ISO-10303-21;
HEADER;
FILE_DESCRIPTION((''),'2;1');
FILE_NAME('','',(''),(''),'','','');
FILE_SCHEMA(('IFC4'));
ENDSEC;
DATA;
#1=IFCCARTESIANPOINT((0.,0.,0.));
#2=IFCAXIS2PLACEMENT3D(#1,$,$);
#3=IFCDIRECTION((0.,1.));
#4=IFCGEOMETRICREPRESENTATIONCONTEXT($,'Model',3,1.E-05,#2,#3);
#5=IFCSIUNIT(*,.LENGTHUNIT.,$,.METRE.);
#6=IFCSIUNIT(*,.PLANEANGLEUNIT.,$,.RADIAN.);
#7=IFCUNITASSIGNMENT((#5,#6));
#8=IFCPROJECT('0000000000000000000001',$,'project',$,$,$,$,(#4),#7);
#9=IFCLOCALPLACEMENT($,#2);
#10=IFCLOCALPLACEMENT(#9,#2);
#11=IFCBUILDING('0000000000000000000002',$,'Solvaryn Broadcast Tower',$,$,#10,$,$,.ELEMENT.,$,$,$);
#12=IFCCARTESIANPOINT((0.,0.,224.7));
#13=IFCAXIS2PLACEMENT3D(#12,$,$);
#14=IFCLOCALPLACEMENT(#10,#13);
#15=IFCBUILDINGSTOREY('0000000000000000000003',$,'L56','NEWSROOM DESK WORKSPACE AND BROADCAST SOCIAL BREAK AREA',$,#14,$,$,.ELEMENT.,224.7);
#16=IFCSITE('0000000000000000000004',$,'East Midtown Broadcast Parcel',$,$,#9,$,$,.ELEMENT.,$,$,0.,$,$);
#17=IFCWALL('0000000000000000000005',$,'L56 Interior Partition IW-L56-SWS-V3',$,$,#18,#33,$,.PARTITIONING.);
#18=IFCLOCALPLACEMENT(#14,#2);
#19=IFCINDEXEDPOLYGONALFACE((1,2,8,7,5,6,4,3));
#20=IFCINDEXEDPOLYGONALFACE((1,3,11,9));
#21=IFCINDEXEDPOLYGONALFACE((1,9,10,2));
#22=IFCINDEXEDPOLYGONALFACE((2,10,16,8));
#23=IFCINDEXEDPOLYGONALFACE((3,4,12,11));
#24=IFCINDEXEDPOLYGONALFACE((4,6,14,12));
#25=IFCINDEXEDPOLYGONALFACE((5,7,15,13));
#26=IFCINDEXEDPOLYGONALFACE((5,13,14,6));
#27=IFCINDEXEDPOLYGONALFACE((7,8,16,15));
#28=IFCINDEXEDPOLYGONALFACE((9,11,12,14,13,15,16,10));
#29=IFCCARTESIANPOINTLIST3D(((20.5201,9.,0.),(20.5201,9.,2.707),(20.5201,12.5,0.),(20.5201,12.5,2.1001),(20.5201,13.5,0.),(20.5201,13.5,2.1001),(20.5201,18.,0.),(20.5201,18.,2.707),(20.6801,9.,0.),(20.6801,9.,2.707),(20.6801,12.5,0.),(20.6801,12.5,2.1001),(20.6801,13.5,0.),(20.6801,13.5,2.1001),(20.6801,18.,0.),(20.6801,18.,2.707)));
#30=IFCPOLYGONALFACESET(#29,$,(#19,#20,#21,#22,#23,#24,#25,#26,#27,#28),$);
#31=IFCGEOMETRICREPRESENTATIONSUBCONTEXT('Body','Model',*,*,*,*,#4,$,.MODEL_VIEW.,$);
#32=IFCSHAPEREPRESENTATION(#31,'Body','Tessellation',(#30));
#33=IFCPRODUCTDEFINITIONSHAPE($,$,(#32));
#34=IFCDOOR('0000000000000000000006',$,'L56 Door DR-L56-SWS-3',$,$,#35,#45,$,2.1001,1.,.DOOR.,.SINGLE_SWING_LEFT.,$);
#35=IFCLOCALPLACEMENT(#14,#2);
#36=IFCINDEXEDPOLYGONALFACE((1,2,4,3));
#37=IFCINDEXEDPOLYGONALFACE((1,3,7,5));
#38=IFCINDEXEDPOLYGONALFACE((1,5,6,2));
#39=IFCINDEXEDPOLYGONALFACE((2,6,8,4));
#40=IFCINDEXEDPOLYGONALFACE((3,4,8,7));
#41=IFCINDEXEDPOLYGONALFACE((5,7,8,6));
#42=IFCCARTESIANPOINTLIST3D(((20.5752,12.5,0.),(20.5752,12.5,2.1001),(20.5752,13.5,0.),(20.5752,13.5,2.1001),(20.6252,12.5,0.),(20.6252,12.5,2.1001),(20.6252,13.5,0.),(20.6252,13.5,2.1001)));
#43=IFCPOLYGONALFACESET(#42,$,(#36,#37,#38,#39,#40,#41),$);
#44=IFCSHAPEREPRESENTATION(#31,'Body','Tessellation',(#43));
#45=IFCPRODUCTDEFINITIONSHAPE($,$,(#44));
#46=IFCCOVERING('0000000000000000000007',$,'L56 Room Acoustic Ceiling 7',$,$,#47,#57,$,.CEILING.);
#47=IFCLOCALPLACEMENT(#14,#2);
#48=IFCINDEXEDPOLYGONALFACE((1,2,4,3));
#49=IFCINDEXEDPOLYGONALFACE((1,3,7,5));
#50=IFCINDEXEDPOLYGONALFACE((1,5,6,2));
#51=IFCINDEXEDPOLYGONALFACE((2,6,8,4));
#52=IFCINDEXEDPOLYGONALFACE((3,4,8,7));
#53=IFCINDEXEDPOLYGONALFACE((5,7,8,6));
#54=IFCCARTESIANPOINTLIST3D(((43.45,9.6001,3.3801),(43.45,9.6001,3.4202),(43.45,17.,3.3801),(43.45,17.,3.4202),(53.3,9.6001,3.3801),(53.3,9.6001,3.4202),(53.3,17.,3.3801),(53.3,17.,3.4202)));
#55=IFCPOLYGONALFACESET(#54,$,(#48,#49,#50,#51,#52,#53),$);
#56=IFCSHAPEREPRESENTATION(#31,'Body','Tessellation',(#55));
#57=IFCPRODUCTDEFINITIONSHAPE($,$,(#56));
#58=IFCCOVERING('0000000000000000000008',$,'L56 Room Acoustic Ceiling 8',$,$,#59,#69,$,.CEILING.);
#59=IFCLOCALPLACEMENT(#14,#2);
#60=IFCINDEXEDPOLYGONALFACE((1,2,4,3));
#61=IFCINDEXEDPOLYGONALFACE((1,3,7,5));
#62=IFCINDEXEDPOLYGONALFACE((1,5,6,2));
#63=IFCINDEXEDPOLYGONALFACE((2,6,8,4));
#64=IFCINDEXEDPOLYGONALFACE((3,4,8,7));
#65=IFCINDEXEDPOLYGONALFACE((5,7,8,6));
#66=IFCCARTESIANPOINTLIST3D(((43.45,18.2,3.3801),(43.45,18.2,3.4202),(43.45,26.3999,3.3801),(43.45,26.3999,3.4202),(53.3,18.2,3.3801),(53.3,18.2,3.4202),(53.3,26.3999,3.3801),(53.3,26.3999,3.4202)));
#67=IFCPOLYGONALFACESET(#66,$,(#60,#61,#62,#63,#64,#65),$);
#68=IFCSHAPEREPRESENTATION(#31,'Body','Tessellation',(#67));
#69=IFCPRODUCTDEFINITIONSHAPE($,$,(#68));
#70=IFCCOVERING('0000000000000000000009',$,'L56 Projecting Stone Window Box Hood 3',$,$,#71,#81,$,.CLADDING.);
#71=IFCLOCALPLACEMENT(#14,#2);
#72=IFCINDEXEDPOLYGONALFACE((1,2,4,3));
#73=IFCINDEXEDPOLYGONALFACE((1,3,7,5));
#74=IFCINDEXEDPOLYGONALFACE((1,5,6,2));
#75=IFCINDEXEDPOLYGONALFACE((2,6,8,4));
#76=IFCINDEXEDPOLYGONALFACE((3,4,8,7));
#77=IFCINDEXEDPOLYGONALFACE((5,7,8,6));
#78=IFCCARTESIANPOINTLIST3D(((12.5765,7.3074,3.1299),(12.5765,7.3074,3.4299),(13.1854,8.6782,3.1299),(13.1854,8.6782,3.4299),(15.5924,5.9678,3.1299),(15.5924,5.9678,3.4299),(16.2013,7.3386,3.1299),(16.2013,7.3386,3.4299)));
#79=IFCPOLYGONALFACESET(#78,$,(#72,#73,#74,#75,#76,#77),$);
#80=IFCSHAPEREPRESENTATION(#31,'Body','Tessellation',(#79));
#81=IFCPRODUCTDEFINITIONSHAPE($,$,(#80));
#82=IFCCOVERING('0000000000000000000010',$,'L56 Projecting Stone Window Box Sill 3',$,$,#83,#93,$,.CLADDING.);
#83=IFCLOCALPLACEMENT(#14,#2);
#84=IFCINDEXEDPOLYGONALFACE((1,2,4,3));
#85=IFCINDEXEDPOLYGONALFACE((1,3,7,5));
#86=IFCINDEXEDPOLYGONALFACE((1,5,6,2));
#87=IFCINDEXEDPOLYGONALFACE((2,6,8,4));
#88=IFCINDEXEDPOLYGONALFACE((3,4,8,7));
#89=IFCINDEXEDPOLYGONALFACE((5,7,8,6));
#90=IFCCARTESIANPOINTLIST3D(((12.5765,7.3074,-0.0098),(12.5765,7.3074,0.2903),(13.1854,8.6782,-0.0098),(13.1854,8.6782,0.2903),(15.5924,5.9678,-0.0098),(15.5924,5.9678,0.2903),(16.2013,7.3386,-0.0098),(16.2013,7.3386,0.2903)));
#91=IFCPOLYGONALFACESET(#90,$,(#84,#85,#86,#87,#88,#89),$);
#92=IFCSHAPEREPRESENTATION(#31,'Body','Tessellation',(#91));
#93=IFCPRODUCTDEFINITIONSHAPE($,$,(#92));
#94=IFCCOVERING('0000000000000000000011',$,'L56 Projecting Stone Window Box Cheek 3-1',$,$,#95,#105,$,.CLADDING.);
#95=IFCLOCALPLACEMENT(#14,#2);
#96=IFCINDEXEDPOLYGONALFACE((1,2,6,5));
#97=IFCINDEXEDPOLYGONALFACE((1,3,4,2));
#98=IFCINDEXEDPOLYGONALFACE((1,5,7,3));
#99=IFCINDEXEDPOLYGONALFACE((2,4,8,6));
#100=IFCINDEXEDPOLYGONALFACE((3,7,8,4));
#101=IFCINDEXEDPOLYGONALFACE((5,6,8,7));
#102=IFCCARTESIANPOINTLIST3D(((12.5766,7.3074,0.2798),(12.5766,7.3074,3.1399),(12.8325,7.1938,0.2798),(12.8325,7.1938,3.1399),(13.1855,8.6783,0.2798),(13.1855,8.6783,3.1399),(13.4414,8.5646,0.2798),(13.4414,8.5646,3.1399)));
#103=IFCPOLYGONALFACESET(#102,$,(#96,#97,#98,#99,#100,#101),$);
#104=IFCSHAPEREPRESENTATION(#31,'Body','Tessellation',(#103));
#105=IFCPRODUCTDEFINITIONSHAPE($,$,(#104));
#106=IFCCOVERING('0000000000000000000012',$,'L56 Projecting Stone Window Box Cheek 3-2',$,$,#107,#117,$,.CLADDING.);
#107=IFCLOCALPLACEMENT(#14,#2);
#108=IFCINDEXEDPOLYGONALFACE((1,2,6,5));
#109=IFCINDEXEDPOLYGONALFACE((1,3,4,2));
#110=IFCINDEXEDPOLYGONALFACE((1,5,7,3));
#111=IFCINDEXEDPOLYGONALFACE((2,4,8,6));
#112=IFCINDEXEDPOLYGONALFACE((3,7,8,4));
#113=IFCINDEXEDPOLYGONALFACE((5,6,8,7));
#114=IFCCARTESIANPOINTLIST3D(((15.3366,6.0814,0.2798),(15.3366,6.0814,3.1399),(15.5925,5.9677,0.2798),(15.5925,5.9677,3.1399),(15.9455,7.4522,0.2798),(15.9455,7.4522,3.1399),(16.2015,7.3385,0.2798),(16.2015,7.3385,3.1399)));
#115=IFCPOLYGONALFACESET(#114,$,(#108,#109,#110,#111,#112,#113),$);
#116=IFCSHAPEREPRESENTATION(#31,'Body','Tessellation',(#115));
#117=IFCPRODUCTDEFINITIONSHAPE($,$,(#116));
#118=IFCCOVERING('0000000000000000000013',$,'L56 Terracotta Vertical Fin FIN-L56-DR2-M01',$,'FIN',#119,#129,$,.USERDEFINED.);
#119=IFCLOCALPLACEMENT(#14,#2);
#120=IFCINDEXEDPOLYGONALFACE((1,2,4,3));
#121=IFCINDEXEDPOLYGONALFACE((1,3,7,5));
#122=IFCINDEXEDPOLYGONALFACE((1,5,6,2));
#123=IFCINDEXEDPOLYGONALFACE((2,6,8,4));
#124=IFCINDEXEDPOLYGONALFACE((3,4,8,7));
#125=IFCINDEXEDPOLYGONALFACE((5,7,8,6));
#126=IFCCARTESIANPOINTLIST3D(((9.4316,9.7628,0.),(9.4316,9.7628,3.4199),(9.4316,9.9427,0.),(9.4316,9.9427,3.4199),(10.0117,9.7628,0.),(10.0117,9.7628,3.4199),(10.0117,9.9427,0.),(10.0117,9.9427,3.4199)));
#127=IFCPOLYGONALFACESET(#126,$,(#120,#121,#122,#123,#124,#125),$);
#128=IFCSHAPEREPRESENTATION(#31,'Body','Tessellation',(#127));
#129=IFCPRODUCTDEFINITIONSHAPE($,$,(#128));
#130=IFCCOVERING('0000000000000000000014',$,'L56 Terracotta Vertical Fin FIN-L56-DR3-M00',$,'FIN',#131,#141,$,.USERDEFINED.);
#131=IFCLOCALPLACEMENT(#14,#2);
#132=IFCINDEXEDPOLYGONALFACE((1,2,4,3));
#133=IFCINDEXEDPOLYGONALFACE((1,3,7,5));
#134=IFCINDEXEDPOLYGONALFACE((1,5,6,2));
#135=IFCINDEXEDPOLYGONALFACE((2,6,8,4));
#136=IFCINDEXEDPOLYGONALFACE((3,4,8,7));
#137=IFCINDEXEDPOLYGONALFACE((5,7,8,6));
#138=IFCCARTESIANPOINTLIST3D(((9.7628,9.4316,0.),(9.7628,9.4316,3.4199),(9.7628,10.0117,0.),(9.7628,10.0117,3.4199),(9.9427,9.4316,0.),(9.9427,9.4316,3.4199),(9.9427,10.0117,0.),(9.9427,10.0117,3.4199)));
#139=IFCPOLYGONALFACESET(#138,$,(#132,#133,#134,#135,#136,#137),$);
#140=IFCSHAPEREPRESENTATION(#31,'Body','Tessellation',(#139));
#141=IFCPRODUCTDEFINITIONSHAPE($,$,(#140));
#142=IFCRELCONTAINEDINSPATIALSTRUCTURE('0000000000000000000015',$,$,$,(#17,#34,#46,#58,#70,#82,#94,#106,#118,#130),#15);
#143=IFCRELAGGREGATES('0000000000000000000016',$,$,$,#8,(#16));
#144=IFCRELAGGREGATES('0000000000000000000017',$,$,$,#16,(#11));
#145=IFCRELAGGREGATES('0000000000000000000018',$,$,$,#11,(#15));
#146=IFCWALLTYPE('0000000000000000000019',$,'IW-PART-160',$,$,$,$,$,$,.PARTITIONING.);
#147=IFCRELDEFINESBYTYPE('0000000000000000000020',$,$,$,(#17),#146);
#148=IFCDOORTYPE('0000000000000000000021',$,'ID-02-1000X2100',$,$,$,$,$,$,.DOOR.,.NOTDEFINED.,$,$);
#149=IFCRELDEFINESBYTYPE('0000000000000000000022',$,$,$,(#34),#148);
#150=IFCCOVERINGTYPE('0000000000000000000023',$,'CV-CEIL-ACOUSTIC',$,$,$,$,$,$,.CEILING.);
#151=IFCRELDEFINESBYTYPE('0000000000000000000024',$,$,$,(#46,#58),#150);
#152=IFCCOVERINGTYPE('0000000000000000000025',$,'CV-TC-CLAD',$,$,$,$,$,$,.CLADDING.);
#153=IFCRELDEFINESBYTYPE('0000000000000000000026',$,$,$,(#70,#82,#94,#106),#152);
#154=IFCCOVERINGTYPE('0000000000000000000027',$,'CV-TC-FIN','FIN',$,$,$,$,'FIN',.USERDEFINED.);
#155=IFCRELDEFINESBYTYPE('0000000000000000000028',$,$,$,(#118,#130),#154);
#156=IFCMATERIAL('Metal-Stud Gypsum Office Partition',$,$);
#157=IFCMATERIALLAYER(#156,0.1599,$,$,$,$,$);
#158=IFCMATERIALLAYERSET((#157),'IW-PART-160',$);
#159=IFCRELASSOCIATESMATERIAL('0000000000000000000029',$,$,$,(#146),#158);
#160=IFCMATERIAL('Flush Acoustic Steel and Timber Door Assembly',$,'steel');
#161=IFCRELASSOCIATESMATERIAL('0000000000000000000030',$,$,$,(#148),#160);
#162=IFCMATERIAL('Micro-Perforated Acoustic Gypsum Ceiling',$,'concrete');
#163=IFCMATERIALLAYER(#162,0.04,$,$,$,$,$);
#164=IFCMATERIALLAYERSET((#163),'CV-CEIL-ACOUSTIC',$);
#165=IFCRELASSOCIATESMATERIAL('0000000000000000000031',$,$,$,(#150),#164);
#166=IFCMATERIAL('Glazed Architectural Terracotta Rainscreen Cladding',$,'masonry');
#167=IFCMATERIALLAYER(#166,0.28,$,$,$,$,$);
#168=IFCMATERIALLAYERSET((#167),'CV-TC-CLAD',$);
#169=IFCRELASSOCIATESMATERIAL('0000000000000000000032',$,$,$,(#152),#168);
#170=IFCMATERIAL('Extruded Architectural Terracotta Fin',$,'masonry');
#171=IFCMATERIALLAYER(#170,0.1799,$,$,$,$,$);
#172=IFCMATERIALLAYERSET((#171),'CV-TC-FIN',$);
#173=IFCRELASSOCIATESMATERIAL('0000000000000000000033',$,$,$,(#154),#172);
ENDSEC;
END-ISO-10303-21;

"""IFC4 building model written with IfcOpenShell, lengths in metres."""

from ifc_helpers import new_model, si_unit, direction, frame, frame_2d, origin, origin_2d, place, context, subcontext, project, spatial, polyline, rectangle, outline, extrude, material, layer, layer_set, type_object, element, fill, save


model = new_model("IFC4")

# Units and contexts
model_context = context("Model", 3, precision=1e-05, world=origin(), true_north=direction((0.0, 1.0)))
body_context = subcontext(model_context, "Body", "Model", "MODEL_VIEW")
ifc_project = project(units=[si_unit("LENGTHUNIT", "METRE"), si_unit("PLANEANGLEUNIT", "RADIAN")], contexts=[model_context])

# Site, building, storey
site_placement = place(None, origin())
site = spatial("IfcSite", under=ifc_project, at=site_placement, Name="East Midtown Broadcast Parcel", CompositionType="ELEMENT", RefElevation=0.0)
building_placement = place(site_placement, origin())
building = spatial("IfcBuilding", under=site, at=building_placement, Name="Solvaryn Broadcast Tower", CompositionType="ELEMENT")
storey_placement = place(building_placement, frame((0.0, 0.0, 224.7)))
storey = spatial("IfcBuildingStorey", under=building, at=storey_placement, Name="L56", Description="NEWSROOM DESK WORKSPACE AND BROADCAST SOCIAL BREAK AREA", CompositionType="ELEMENT", Elevation=224.7)

# Wall, opening, door
ifc_material_1 = material(Name="Metal-Stud Gypsum Office Partition")
ifc_layer_1 = layer(ifc_material_1, 0.1599)
ifc_layer_set_1 = layer_set([ifc_layer_1], Name="IW-PART-160")
wall_type = type_object("IfcWallType", Name="IW-PART-160", PredefinedType="PARTITIONING", material=ifc_layer_set_1)
wall_1_placement = place(storey_placement, frame((20.6001, 9.0, 0.0), z_axis=(0.0, 0.0, 1.0), x_axis=(0.0, 1.0, 0.0)))
wall_1 = element("IfcWall", 1, at=wall_1_placement, inside=storey, type_object=wall_type, Name="L56 Interior Partition IW-L56-SWS-V3", PredefinedType="PARTITIONING", context=body_context, shape_type="SweptSolid", body=[
    extrude(rectangle(XDim=9.0, YDim=0.1599, at=frame_2d((4.5, 0.0))), origin(), (0.0, 0.0, 1.0), 2.707),
])
opening_1_placement = place(wall_1_placement, frame((3.5, 0.0, 0.0)))
opening_1 = element("IfcOpeningElement", 2, at=opening_1_placement, cuts=wall_1, PredefinedType="OPENING", context=body_context, shape_type="SweptSolid", body=[
    extrude(rectangle(XDim=1.0, YDim=2.1001, at=frame_2d((0.5, 1.05))), frame((0.0, 0.0901, 0.0), z_axis=(0.0, -1.0, 0.0), x_axis=(1.0, 0.0, 0.0)), (0.0, 0.0, 1.0), 0.1799),
])
ifc_material_2 = material(Name="Flush Acoustic Steel and Timber Door Assembly", Category="steel")
door_type_1 = type_object("IfcDoorType", Name="ID-02-1000X2100", OperationType="NOTDEFINED", PredefinedType="DOOR", material=ifc_material_2)
door_1_placement = place(opening_1_placement, origin())
door_1 = element("IfcDoor", 3, at=door_1_placement, inside=storey, type_object=door_type_1, Name="L56 Door DR-L56-SWS-3", OperationType="SINGLE_SWING_LEFT", OverallHeight=2.1001, OverallWidth=1.0, PredefinedType="DOOR", context=body_context, shape_type="SweptSolid", body=[
    extrude(rectangle(XDim=1.0, YDim=2.1001, at=frame_2d((0.5, 1.05))), frame((0.0, 0.0249, 0.0), z_axis=(0.0, -1.0, 0.0), x_axis=(1.0, 0.0, 0.0)), (0.0, 0.0, 1.0), 0.05),
])
fill(opening_1, door_1)

# Coverings
ifc_material_3 = material(Name="Micro-Perforated Acoustic Gypsum Ceiling", Category="concrete")
ifc_layer_2 = layer(ifc_material_3, 0.04)
ifc_layer_set_2 = layer_set([ifc_layer_2], Name="CV-CEIL-ACOUSTIC")
covering_type_1 = type_object("IfcCoveringType", Name="CV-CEIL-ACOUSTIC", PredefinedType="CEILING", material=ifc_layer_set_2)
covering_1_placement = place(storey_placement, frame((0.0, 0.0, 3.3801)))
element("IfcCovering", 4, at=covering_1_placement, inside=storey, type_object=covering_type_1, Name="L56 Room Acoustic Ceiling 7", PredefinedType="CEILING", context=body_context, shape_type="SweptSolid", body=[
    extrude(outline(polyline([(43.45, 9.6001), (53.3, 9.6001), (53.3, 17.0), (43.45, 17.0), (43.45, 9.6001)])), origin(), (0.0, 0.0, 1.0), 0.04),
])
covering_2_placement = place(storey_placement, frame((0.0, 0.0, 3.3801)))
element("IfcCovering", 5, at=covering_2_placement, inside=storey, type_object=covering_type_1, Name="L56 Room Acoustic Ceiling 8", PredefinedType="CEILING", context=body_context, shape_type="SweptSolid", body=[
    extrude(outline(polyline([(43.45, 18.2), (53.3, 18.2), (53.3, 26.3999), (43.45, 26.3999), (43.45, 18.2)])), origin(), (0.0, 0.0, 1.0), 0.04),
])
ifc_material_4 = material(Name="Glazed Architectural Terracotta Rainscreen Cladding", Category="masonry")
ifc_layer_3 = layer(ifc_material_4, 0.28)
ifc_layer_set_3 = layer_set([ifc_layer_3], Name="CV-TC-CLAD")
covering_type_2 = type_object("IfcCoveringType", Name="CV-TC-CLAD", PredefinedType="CLADDING", material=ifc_layer_set_3)
for number, where, z_axis, x_axis, name in (
    (6, (14.3889, 7.323, 3.1299), (0.0, 0.0, 1.0), (0.9139, -0.405939, 0.0), "L56 Projecting Stone Window Box Hood 3"),
    (7, (14.3889, 7.323, -0.0098), (0.0, 0.0, 1.0), (0.9139, -0.405939, 0.0), "L56 Projecting Stone Window Box Sill 3"),
):
    element("IfcCovering", number, at=place(storey_placement, frame(where, z_axis=z_axis, x_axis=x_axis)), inside=storey, type_object=covering_type_2, Name=name, PredefinedType="CLADDING", context=body_context, shape_type="SweptSolid", body=[
        extrude(rectangle(XDim=3.3, YDim=1.5, at=origin_2d()), origin(), (0.0, 0.0, 1.0), 0.3),
    ])
for number, where, z_axis, x_axis, name in (
    (8, (13.009, 7.936, 0.2798), (0.0, 0.0, 1.0), (0.9139, -0.405939, 0.0), "L56 Projecting Stone Window Box Cheek 3-1"),
    (9, (15.769, 6.71, 0.2798), (0.0, 0.0, 1.0), (0.9139, -0.405939, 0.0), "L56 Projecting Stone Window Box Cheek 3-2"),
):
    element("IfcCovering", number, at=place(storey_placement, frame(where, z_axis=z_axis, x_axis=x_axis)), inside=storey, type_object=covering_type_2, Name=name, PredefinedType="CLADDING", context=body_context, shape_type="SweptSolid", body=[
        extrude(rectangle(XDim=0.28, YDim=1.5, at=origin_2d()), origin(), (0.0, 0.0, 1.0), 2.8601),
    ])
ifc_material_5 = material(Name="Extruded Architectural Terracotta Fin", Category="masonry")
ifc_layer_4 = layer(ifc_material_5, 0.1799)
ifc_layer_set_4 = layer_set([ifc_layer_4], Name="CV-TC-FIN")
covering_type_3 = type_object("IfcCoveringType", Name="CV-TC-FIN", Description="FIN", ElementType="FIN", PredefinedType="USERDEFINED", material=ifc_layer_set_4)
covering_3_placement = place(storey_placement, frame((9.7217, 9.8528, 0.0), z_axis=(0.0, 0.0, 1.0), x_axis=(1.0, 0.0, 0.0)))
element("IfcCovering", 10, at=covering_3_placement, inside=storey, type_object=covering_type_3, Name="L56 Terracotta Vertical Fin FIN-L56-DR2-M01", ObjectType="FIN", PredefinedType="USERDEFINED", context=body_context, shape_type="SweptSolid", body=[
    extrude(rectangle(XDim=0.5801, YDim=0.1799, at=origin_2d()), origin(), (0.0, 0.0, 1.0), 3.4199),
])
covering_4_placement = place(storey_placement, frame((9.8528, 9.7217, 0.0), z_axis=(0.0, 0.0, 1.0), x_axis=(1.0, 0.0, 0.0)))
element("IfcCovering", 11, at=covering_4_placement, inside=storey, type_object=covering_type_3, Name="L56 Terracotta Vertical Fin FIN-L56-DR3-M00", ObjectType="FIN", PredefinedType="USERDEFINED", context=body_context, shape_type="SweptSolid", body=[
    extrude(rectangle(XDim=0.1799, YDim=0.5801, at=origin_2d()), origin(), (0.0, 0.0, 1.0), 3.4199),
])

save(model, "model.ifc")
